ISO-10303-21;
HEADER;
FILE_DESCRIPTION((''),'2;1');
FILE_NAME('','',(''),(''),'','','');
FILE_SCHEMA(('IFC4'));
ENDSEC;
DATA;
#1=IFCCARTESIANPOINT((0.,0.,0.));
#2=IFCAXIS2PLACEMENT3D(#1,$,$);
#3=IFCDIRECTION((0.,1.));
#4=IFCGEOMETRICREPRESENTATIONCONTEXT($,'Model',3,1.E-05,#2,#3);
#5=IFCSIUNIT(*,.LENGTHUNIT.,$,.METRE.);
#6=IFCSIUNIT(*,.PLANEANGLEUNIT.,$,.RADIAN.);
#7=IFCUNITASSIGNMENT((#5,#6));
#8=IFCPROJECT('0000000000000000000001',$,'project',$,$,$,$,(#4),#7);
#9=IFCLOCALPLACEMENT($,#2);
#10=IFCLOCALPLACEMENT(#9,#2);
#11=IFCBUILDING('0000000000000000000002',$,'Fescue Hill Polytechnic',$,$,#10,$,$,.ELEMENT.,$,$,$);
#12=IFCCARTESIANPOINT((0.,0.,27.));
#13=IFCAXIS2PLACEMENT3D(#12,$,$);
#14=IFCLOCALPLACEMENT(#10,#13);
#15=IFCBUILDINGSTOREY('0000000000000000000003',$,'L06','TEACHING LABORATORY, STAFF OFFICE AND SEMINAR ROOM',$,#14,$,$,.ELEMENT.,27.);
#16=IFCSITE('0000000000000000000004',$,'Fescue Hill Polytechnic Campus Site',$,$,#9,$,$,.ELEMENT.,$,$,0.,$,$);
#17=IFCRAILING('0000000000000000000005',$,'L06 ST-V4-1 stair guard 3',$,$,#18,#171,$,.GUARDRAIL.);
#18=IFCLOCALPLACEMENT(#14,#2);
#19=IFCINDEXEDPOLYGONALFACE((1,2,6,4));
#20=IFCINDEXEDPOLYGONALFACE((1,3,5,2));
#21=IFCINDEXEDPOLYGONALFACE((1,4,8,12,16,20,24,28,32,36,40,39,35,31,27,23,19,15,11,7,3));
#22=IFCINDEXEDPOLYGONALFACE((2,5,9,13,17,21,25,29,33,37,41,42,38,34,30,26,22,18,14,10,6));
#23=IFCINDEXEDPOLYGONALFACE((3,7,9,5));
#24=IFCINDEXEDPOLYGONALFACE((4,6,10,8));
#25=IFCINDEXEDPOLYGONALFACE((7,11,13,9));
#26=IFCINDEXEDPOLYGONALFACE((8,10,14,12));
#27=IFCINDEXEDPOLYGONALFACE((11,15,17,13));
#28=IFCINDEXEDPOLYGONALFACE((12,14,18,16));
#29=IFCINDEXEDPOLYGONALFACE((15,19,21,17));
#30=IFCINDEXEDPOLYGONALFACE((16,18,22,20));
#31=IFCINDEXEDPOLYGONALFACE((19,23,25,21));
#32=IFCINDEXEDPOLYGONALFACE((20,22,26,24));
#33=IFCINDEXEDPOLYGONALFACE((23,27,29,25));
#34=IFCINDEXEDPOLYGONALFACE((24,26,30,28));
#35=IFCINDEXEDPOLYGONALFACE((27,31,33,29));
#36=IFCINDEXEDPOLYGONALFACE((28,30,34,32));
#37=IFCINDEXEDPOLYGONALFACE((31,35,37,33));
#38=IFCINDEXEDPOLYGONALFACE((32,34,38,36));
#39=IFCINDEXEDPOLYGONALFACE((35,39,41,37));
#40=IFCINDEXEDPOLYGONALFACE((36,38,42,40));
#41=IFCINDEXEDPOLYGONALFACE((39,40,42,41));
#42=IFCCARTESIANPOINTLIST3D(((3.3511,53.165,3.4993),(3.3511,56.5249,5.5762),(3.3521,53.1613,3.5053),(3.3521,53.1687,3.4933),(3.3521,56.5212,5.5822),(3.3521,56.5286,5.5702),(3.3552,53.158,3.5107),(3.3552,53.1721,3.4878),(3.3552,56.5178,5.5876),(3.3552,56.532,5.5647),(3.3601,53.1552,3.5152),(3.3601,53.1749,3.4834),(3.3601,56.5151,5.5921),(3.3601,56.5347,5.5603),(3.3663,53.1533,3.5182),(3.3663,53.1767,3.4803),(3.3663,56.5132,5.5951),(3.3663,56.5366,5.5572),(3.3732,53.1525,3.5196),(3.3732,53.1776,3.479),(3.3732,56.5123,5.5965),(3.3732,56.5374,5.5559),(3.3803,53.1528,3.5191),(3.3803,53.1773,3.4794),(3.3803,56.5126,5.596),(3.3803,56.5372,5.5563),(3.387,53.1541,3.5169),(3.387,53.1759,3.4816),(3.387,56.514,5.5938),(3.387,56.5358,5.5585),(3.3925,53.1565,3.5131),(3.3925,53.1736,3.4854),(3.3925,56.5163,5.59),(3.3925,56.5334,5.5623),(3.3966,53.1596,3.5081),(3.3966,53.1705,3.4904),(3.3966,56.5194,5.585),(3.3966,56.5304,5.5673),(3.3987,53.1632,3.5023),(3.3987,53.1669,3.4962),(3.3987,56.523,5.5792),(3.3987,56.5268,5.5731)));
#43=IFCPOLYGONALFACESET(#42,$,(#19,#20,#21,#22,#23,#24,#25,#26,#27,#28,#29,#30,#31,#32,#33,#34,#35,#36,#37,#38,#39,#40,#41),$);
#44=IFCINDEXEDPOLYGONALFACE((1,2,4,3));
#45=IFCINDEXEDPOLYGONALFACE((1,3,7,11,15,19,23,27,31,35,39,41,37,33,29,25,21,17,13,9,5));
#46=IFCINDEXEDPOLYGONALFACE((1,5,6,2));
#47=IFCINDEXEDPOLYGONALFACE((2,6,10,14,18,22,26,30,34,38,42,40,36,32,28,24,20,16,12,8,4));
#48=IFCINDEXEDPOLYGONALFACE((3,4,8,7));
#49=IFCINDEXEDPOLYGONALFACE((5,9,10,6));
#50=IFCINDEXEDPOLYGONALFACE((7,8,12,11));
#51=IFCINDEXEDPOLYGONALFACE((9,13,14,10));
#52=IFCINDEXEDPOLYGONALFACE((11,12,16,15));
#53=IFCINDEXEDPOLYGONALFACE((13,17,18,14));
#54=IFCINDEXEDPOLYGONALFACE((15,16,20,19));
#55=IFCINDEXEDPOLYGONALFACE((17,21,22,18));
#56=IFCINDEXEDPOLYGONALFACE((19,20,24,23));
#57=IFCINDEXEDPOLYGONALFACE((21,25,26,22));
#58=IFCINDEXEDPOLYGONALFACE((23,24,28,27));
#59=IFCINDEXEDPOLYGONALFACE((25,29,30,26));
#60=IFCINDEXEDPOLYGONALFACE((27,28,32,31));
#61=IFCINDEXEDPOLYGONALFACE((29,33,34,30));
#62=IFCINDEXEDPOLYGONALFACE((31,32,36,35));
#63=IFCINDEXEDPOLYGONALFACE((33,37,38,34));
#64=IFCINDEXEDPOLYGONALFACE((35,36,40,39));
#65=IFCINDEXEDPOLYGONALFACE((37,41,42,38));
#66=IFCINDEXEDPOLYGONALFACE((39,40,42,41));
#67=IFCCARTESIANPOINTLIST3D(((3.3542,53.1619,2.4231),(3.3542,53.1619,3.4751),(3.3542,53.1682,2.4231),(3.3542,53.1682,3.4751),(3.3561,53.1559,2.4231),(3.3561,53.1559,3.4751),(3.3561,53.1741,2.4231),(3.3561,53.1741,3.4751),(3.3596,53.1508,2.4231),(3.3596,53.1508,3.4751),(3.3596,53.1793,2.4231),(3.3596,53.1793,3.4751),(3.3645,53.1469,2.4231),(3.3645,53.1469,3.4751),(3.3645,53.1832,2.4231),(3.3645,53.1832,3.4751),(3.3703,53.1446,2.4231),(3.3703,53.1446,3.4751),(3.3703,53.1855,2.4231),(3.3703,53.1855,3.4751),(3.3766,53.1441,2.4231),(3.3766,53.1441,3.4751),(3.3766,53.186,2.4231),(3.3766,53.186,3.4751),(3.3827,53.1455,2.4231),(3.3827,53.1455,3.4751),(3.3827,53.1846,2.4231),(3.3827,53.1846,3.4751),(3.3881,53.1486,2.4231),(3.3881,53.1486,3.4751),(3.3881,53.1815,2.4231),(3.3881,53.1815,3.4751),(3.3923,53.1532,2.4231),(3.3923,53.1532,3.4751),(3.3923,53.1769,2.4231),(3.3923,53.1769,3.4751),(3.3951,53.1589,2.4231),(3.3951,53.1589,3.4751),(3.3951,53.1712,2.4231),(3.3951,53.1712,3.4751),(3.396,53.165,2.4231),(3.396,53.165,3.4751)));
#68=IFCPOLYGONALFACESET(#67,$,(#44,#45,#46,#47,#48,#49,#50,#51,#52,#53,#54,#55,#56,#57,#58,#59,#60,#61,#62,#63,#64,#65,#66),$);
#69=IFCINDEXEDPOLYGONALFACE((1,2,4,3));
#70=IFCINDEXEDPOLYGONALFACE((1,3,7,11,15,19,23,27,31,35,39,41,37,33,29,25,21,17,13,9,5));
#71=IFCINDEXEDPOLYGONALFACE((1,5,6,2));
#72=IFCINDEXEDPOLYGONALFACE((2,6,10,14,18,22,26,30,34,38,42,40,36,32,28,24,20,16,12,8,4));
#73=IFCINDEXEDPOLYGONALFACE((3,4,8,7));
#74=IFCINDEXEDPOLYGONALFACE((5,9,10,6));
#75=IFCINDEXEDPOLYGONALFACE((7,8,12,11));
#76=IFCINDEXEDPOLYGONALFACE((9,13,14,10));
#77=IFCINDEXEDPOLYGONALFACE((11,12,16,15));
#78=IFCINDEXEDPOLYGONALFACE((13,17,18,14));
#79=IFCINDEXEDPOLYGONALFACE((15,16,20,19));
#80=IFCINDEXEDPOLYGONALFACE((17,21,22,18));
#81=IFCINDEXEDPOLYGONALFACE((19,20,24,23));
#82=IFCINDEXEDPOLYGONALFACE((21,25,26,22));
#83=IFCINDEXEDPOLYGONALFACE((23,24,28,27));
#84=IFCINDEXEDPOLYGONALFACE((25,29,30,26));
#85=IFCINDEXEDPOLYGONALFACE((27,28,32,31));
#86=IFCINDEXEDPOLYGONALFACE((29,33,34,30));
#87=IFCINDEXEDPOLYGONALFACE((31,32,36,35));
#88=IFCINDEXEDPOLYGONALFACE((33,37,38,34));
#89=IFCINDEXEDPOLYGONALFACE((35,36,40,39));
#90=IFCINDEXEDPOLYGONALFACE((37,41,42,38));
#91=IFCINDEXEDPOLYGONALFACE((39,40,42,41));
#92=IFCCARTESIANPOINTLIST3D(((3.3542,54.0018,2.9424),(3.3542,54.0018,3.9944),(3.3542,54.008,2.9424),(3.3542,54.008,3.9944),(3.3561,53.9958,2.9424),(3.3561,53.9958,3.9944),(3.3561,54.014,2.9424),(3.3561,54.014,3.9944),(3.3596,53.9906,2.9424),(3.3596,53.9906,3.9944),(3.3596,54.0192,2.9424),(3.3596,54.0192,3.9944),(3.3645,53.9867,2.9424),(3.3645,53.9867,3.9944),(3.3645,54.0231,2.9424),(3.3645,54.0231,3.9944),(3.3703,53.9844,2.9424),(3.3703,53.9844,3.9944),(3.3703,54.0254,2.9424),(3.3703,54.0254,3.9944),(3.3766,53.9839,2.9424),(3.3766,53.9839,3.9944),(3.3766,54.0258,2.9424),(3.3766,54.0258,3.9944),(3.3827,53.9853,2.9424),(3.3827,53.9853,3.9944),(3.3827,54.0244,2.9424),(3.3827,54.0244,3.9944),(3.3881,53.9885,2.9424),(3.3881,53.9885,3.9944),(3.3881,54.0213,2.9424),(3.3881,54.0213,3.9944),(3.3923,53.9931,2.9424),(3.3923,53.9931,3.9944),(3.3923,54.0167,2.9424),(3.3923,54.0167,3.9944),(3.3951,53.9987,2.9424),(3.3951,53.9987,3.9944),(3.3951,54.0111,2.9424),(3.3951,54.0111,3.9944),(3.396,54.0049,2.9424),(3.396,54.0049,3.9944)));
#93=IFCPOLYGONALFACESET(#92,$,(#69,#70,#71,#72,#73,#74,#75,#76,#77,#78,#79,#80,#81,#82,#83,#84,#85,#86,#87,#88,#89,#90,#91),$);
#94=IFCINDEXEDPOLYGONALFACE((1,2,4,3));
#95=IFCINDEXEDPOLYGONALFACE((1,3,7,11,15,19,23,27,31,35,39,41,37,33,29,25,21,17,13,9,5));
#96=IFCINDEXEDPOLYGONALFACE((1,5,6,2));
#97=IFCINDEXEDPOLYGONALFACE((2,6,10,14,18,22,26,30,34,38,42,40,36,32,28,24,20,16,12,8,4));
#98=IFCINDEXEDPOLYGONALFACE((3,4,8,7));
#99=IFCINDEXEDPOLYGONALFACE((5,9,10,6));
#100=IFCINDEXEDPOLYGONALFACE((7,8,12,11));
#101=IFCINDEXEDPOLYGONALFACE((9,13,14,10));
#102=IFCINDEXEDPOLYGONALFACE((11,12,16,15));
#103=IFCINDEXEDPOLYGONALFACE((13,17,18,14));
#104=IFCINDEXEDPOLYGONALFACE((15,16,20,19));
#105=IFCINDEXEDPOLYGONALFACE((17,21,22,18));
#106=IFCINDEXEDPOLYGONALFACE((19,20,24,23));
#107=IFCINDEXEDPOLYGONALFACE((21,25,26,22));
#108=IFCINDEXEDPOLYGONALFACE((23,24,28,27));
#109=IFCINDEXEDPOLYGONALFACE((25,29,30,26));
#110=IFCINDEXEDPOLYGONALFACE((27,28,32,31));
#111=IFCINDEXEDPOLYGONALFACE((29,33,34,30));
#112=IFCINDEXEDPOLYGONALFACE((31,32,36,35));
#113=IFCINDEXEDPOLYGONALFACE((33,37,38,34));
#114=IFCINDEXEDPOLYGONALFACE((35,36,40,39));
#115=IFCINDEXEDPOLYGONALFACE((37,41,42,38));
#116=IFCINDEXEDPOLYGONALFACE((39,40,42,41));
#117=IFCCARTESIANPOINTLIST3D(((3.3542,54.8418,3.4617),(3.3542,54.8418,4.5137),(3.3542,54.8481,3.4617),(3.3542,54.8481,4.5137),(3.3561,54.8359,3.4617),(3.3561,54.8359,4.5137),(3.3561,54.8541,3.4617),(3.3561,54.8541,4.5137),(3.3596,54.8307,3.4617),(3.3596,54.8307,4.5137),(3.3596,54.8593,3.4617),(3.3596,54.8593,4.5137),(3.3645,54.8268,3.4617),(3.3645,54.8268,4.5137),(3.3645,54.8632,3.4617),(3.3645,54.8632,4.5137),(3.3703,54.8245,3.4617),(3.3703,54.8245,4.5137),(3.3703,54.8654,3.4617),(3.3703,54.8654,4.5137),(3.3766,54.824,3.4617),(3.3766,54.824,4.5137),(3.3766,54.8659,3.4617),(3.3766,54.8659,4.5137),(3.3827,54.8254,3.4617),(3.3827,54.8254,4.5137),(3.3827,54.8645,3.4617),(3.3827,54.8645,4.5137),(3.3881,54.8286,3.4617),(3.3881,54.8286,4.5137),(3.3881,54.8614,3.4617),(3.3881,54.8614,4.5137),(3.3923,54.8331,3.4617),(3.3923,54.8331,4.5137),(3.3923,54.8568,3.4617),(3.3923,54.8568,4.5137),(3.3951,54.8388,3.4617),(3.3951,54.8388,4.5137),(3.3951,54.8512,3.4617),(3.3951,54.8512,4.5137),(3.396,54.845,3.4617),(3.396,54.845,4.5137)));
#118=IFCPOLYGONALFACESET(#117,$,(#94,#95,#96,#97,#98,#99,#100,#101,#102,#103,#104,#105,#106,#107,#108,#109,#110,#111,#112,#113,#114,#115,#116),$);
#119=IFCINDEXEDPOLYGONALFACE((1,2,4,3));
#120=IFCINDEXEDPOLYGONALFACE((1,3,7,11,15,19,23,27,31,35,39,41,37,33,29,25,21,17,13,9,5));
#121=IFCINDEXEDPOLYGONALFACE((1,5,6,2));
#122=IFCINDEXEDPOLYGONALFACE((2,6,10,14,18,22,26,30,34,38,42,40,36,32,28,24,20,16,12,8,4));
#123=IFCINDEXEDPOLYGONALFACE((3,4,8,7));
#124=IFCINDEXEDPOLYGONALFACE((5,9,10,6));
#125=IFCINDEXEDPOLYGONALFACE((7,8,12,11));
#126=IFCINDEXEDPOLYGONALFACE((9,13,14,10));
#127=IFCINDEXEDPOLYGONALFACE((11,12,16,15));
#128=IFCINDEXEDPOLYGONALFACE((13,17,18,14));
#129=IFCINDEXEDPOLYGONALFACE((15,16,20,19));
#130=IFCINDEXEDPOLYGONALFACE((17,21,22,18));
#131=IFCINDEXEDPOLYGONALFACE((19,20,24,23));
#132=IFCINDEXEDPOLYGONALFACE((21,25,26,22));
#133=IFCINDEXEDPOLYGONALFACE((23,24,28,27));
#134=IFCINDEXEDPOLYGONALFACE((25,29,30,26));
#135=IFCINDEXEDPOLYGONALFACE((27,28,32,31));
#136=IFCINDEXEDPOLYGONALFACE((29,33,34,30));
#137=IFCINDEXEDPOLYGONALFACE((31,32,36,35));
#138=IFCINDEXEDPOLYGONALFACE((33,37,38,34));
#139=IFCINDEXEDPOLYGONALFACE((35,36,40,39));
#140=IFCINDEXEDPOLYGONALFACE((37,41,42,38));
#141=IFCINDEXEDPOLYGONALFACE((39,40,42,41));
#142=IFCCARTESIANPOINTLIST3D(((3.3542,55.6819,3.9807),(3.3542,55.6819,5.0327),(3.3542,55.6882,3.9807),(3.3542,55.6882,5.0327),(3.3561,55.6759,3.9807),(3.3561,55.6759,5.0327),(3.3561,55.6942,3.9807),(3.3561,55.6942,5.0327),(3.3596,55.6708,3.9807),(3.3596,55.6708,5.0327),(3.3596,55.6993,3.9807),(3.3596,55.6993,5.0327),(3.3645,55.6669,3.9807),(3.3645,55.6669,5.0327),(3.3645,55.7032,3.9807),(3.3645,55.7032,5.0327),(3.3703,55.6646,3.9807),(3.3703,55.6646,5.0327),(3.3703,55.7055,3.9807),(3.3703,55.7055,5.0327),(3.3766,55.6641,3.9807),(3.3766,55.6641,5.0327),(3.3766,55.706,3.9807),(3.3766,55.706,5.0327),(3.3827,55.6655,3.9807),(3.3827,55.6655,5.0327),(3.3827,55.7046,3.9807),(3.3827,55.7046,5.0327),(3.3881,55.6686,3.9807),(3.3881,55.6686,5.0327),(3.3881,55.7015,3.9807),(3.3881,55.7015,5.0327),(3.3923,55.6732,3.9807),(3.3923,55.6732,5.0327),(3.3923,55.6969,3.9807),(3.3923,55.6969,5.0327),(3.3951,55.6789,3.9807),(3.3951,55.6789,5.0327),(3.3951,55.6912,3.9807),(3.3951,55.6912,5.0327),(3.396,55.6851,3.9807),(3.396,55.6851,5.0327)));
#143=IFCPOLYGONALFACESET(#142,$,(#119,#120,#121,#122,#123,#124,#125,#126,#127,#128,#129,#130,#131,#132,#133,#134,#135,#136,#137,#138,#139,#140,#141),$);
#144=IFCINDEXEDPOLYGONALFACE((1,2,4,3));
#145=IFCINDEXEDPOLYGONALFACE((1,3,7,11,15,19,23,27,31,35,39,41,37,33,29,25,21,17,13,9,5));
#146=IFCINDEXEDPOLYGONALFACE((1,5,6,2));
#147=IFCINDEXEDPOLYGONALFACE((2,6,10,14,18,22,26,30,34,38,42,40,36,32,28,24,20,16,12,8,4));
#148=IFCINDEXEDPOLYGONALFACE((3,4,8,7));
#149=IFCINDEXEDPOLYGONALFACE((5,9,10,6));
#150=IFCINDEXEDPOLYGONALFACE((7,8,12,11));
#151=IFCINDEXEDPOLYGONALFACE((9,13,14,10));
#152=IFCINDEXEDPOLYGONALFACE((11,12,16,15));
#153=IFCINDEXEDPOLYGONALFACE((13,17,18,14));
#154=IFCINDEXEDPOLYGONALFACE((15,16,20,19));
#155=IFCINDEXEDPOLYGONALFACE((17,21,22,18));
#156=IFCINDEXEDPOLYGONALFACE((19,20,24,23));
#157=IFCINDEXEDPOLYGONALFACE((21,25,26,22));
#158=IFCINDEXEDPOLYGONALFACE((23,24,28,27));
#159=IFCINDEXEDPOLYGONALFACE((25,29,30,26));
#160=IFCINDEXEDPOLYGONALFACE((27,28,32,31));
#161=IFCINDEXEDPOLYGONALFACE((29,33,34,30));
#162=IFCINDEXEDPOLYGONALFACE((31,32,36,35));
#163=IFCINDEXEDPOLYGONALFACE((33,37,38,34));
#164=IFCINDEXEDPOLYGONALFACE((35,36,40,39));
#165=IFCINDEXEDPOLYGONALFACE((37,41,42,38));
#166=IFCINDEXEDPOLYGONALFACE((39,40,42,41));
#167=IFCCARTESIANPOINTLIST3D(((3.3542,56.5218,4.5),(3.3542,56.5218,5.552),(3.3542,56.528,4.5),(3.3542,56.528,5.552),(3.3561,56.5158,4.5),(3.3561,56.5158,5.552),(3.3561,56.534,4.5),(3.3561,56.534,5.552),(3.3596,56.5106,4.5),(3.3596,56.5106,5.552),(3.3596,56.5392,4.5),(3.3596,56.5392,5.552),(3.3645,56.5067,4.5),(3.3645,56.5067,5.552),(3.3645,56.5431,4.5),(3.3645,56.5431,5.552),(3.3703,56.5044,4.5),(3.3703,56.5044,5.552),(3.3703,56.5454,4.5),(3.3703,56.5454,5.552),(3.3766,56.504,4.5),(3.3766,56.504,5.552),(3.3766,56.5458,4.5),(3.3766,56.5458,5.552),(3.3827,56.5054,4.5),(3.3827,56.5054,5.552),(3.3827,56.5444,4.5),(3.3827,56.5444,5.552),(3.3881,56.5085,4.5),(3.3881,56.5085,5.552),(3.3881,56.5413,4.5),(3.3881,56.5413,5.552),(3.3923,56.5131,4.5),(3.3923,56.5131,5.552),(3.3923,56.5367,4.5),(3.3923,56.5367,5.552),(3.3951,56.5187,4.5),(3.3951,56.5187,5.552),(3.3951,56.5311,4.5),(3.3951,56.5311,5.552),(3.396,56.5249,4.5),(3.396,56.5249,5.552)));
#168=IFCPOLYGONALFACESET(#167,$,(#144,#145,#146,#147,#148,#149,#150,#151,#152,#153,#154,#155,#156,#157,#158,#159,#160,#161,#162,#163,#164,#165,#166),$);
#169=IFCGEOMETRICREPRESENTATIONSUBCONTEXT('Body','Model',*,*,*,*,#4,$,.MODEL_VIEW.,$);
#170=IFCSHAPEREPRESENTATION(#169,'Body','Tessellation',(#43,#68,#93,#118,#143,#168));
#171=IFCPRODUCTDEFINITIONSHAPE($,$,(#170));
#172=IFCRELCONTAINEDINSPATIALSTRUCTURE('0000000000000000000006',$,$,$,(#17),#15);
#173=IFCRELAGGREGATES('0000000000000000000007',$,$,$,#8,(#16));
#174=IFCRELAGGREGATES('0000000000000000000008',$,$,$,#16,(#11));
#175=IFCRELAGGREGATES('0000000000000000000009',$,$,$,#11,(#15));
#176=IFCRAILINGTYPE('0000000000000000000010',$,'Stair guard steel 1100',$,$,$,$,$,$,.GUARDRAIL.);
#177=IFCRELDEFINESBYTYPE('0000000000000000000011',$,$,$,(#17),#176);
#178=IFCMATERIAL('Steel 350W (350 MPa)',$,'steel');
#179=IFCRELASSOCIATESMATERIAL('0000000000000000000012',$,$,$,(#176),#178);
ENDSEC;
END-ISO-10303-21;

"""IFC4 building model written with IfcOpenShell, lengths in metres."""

from ifc_helpers import new_model, si_unit, direction, frame, origin, origin_2d, place, context, subcontext, project, spatial, circle, extrude, material, type_object, element, save


model = new_model("IFC4")

# Units and contexts
model_context = context("Model", 3, precision=1e-05, world=origin(), true_north=direction((0.0, 1.0)))
body_context = subcontext(model_context, "Body", "Model", "MODEL_VIEW")
ifc_project = project(units=[si_unit("LENGTHUNIT", "METRE"), si_unit("PLANEANGLEUNIT", "RADIAN")], contexts=[model_context])

# Site, building, storey
site_placement = place(None, origin())
site = spatial("IfcSite", under=ifc_project, at=site_placement, Name="Fescue Hill Polytechnic Campus Site", CompositionType="ELEMENT", RefElevation=0.0)
building_placement = place(site_placement, origin())
building = spatial("IfcBuilding", under=site, at=building_placement, Name="Fescue Hill Polytechnic", CompositionType="ELEMENT")
storey_placement = place(building_placement, frame((0.0, 0.0, 27.0)))
storey = spatial("IfcBuildingStorey", under=building, at=storey_placement, Name="L06", Description="TEACHING LABORATORY, STAFF OFFICE AND SEMINAR ROOM", CompositionType="ELEMENT", Elevation=27.0)

# Railing
ifc_material_1 = material(Name="Steel 350W (350 MPa)", Category="steel")
railing_type_1 = type_object("IfcRailingType", Name="Stair guard steel 1100", PredefinedType="GUARDRAIL", material=ifc_material_1)
railing_1_placement = place(storey_placement, frame((3.375, 53.165, 2.4231)))
element("IfcRailing", 1, at=railing_1_placement, inside=storey, type_object=railing_type_1, Name="L06 ST-V4-1 stair guard 3", PredefinedType="GUARDRAIL", context=body_context, shape_type="SweptSolid", body=[
    extrude(circle(Radius=0.0239, at=origin_2d()), frame((0.0, 0.0, 1.0762), z_axis=(0.0, 0.850606, 0.525803), x_axis=(-1.0, 0.0, 0.0)), (0.0, 0.0, 1.0), 3.95),
    extrude(circle(Radius=0.021, at=origin_2d()), origin(), (0.0, 0.0, 1.0), 1.052),
    extrude(circle(Radius=0.021, at=origin_2d()), frame((0.0, 0.8398, 0.5193)), (0.0, 0.0, 1.0), 1.052),
    extrude(circle(Radius=0.021, at=origin_2d()), frame((0.0, 1.6799, 1.0386)), (0.0, 0.0, 1.0), 1.052),
    extrude(circle(Radius=0.021, at=origin_2d()), frame((0.0, 2.52, 1.5576)), (0.0, 0.0, 1.0), 1.052),
    extrude(circle(Radius=0.021, at=origin_2d()), frame((0.0, 3.3599, 2.0769)), (0.0, 0.0, 1.0), 1.052),
])

save(model, "model.ifc")
